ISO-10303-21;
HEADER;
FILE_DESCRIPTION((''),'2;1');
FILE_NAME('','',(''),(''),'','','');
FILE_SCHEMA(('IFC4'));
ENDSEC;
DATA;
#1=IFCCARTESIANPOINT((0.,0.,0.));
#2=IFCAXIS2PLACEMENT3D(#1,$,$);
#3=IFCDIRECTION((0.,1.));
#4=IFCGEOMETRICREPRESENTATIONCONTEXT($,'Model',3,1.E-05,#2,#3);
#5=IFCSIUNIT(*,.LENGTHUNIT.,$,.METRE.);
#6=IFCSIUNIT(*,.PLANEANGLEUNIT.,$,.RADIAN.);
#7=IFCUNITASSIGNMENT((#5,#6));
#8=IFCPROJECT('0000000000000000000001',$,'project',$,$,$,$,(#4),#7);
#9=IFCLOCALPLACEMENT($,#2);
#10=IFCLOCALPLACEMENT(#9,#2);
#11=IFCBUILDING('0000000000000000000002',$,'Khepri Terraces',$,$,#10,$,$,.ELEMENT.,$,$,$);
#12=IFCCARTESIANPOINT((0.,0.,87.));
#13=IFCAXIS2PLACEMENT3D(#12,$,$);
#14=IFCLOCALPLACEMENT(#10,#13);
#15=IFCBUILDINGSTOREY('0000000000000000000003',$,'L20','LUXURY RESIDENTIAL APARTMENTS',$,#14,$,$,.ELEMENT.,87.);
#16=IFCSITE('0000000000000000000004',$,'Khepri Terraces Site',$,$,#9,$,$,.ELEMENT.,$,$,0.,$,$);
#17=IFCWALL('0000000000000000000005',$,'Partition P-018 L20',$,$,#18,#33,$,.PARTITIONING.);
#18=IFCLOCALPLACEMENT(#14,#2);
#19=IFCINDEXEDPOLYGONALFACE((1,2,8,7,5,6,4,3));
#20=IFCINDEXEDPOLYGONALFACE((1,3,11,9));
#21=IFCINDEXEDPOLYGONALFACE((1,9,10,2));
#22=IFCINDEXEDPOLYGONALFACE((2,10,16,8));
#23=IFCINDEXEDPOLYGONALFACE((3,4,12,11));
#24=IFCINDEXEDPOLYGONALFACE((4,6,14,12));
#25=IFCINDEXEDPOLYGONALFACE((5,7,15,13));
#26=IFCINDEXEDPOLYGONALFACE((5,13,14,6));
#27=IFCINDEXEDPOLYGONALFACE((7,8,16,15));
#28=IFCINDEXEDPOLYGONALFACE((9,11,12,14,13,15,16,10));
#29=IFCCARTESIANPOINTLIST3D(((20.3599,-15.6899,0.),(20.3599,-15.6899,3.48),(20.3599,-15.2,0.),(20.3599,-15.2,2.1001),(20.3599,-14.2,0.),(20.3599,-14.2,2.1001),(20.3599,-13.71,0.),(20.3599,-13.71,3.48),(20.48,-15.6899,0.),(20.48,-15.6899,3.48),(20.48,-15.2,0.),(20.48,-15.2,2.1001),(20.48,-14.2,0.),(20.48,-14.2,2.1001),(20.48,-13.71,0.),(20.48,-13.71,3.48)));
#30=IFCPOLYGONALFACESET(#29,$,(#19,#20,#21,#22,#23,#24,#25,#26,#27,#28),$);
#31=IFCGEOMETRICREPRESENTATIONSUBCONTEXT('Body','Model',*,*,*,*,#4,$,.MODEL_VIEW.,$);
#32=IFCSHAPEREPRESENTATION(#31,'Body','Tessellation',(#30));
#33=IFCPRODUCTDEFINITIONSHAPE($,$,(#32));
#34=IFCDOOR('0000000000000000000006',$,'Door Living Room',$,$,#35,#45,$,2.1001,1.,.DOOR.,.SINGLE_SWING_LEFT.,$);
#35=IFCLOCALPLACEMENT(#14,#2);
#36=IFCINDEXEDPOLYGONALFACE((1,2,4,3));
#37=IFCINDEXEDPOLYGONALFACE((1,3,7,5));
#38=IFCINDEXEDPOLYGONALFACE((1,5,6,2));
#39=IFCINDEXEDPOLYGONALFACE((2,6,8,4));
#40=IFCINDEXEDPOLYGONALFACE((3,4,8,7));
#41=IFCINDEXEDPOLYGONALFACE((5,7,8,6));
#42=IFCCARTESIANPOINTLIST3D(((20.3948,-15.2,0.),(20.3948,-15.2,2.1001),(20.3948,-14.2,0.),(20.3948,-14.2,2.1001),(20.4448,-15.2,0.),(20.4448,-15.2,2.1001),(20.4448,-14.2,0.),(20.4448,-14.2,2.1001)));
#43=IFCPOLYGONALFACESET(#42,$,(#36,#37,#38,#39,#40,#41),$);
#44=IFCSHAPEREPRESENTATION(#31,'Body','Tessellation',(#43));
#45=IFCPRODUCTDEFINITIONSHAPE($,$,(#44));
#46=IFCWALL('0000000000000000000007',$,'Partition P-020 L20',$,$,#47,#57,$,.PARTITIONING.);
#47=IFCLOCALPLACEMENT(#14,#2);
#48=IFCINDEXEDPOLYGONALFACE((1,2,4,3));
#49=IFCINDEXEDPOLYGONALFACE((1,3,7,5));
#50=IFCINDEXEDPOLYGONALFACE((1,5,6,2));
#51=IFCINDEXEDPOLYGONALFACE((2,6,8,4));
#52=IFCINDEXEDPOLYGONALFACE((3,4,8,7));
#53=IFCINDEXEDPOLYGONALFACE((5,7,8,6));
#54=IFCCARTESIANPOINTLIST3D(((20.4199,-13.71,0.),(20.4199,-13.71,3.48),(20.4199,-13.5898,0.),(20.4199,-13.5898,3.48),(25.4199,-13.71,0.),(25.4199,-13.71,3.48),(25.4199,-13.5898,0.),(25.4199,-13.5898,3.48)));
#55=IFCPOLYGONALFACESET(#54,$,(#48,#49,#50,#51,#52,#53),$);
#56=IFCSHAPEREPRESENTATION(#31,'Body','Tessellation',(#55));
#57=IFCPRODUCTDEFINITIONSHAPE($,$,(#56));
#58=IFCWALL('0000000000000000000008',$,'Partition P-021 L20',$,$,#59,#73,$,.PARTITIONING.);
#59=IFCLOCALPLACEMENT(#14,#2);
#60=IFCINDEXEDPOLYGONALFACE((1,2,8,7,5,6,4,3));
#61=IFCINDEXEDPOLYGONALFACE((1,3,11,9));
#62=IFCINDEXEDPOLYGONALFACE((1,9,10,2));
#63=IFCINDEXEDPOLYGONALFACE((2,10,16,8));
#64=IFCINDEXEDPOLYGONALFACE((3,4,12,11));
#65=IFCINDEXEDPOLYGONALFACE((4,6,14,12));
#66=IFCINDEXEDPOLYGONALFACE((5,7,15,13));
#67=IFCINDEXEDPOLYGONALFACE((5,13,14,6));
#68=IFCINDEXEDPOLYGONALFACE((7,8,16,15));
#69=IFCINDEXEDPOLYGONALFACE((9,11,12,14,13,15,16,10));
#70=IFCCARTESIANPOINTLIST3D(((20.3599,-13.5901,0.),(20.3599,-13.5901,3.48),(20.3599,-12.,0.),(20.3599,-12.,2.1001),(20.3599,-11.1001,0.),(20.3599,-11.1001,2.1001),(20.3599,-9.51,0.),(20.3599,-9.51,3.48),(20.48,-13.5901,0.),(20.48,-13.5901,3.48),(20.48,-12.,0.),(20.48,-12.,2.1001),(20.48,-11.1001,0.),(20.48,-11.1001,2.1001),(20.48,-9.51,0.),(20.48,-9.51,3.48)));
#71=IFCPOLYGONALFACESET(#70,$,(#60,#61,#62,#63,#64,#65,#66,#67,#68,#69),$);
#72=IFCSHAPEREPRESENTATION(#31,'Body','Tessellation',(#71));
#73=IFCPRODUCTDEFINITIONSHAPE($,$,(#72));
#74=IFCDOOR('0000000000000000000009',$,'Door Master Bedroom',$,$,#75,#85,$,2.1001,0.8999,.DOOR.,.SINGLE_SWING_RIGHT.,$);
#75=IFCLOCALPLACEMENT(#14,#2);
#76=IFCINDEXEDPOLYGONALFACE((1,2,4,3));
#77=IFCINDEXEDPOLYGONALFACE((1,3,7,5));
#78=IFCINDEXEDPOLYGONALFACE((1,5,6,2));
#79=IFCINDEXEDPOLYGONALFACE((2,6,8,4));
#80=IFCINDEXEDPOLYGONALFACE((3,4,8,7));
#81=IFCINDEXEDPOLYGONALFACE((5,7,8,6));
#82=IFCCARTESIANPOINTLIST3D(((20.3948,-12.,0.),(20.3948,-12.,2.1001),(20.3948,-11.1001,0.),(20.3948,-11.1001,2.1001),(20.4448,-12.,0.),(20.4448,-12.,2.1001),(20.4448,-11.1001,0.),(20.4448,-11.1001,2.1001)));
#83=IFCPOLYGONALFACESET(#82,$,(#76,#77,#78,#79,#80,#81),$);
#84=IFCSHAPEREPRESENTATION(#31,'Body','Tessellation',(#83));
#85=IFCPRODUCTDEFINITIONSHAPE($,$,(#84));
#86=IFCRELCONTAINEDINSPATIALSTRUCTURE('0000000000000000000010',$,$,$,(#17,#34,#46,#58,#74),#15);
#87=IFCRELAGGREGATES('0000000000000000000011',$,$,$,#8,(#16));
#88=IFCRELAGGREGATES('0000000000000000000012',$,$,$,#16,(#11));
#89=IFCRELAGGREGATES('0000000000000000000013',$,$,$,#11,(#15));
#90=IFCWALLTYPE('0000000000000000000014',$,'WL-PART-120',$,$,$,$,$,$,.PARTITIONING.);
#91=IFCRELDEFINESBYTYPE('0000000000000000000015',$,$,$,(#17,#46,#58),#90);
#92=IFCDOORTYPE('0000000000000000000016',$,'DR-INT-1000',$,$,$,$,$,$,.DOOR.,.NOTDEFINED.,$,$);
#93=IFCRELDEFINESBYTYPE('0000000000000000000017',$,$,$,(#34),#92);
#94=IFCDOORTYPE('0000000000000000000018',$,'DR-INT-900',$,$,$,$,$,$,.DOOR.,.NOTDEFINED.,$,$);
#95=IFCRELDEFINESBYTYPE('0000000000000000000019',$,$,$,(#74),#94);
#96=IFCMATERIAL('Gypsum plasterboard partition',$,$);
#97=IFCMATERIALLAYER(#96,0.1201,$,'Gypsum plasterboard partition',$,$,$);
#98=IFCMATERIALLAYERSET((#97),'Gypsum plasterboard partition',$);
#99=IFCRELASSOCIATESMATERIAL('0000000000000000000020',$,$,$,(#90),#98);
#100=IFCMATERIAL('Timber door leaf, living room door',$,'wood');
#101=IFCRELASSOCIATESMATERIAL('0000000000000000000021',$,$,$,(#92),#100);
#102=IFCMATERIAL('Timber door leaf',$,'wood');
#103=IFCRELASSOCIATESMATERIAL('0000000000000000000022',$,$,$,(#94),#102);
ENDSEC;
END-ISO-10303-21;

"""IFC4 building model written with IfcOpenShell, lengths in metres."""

from ifc_helpers import new_model, si_unit, direction, frame, frame_2d, origin, place, context, subcontext, project, spatial, rectangle, extrude, material, layer, layer_set, type_object, element, fill, save


model = new_model("IFC4")

# Units and contexts
model_context = context("Model", 3, precision=1e-05, world=origin(), true_north=direction((0.0, 1.0)))
body_context = subcontext(model_context, "Body", "Model", "MODEL_VIEW")
ifc_project = project(units=[si_unit("LENGTHUNIT", "METRE"), si_unit("PLANEANGLEUNIT", "RADIAN")], contexts=[model_context])

# Site, building, storey
site_placement = place(None, origin())
site = spatial("IfcSite", under=ifc_project, at=site_placement, Name="Khepri Terraces Site", CompositionType="ELEMENT", RefElevation=0.0)
building_placement = place(site_placement, origin())
building = spatial("IfcBuilding", under=site, at=building_placement, Name="Khepri Terraces", CompositionType="ELEMENT")
storey_placement = place(building_placement, frame((0.0, 0.0, 87.0)))
storey = spatial("IfcBuildingStorey", under=building, at=storey_placement, Name="L20", Description="LUXURY RESIDENTIAL APARTMENTS", CompositionType="ELEMENT", Elevation=87.0)

# Shared definitions
ifc_material_1 = material(Name="Gypsum plasterboard partition")
ifc_layer_1 = layer(ifc_material_1, 0.1201, Name="Gypsum plasterboard partition")
ifc_layer_set_1 = layer_set([ifc_layer_1], Name="Gypsum plasterboard partition")
wall_type_1 = type_object("IfcWallType", Name="WL-PART-120", PredefinedType="PARTITIONING", material=ifc_layer_set_1)

# Wall, opening, door
ifc_material_2 = material(Name="Timber door leaf, living room door", Category="wood")
door_type_1 = type_object("IfcDoorType", Name="DR-INT-1000", OperationType="NOTDEFINED", PredefinedType="DOOR", material=ifc_material_2)
wall_1_placement = place(storey_placement, frame((20.4199, -15.6899, 0.0), z_axis=(0.0, 0.0, 1.0), x_axis=(0.0, 1.0, 0.0)))
wall_1 = element("IfcWall", 1, at=wall_1_placement, inside=storey, type_object=wall_type_1, Name="Partition P-018 L20", PredefinedType="PARTITIONING", context=body_context, shape_type="SweptSolid", body=[
    extrude(rectangle(XDim=1.98, YDim=0.1201, at=frame_2d((0.99, 0.0))), origin(), (0.0, 0.0, 1.0), 3.48),
])
opening_1_placement = place(wall_1_placement, frame((0.49, 0.0, 0.0)))
opening_1 = element("IfcOpeningElement", 2, at=opening_1_placement, cuts=wall_1, PredefinedType="OPENING", context=body_context, shape_type="SweptSolid", body=[
    extrude(rectangle(XDim=1.0, YDim=2.1001, at=frame_2d((0.5, 1.05))), frame((0.0, 0.0701, 0.0), z_axis=(0.0, -1.0, 0.0), x_axis=(1.0, 0.0, 0.0)), (0.0, 0.0, 1.0), 0.1401),
])
door_1_placement = place(opening_1_placement, frame((1.0, 0.0, 0.0), z_axis=(0.0, 0.0, 1.0), x_axis=(-1.0, 0.0, 0.0)))
door_1 = element("IfcDoor", 3, at=door_1_placement, inside=storey, type_object=door_type_1, Name="Door Living Room", OperationType="SINGLE_SWING_LEFT", OverallHeight=2.1001, OverallWidth=1.0, PredefinedType="DOOR", context=body_context, shape_type="SweptSolid", body=[
    extrude(rectangle(XDim=1.0, YDim=2.1001, at=frame_2d((0.5, 1.05))), frame((0.0, 0.0249, 0.0), z_axis=(0.0, -1.0, 0.0), x_axis=(1.0, 0.0, 0.0)), (0.0, 0.0, 1.0), 0.05),
])
fill(opening_1, door_1)

# Wall
wall_2_placement = place(storey_placement, frame((20.4199, -13.6499, 0.0), z_axis=(0.0, 0.0, 1.0), x_axis=(1.0, 0.0, 0.0)))
element("IfcWall", 4, at=wall_2_placement, inside=storey, type_object=wall_type_1, Name="Partition P-020 L20", PredefinedType="PARTITIONING", context=body_context, shape_type="SweptSolid", body=[
    extrude(rectangle(XDim=5.0, YDim=0.1201, at=frame_2d((2.5, 0.0))), origin(), (0.0, 0.0, 1.0), 3.48),
])

# Wall, opening, door
wall_3_placement = place(storey_placement, frame((20.4199, -13.5901, 0.0), z_axis=(0.0, 0.0, 1.0), x_axis=(0.0, 1.0, 0.0)))
wall_3 = element("IfcWall", 5, at=wall_3_placement, inside=storey, type_object=wall_type_1, Name="Partition P-021 L20", PredefinedType="PARTITIONING", context=body_context, shape_type="SweptSolid", body=[
    extrude(rectangle(XDim=4.0801, YDim=0.1201, at=frame_2d((2.04, 0.0))), origin(), (0.0, 0.0, 1.0), 3.48),
])
opening_2_placement = place(wall_3_placement, frame((1.5901, 0.0, 0.0)))
opening_2 = element("IfcOpeningElement", 6, at=opening_2_placement, cuts=wall_3, PredefinedType="OPENING", context=body_context, shape_type="SweptSolid", body=[
    extrude(rectangle(XDim=0.8999, YDim=2.1001, at=frame_2d((0.45, 1.05))), frame((0.0, 0.0701, 0.0), z_axis=(0.0, -1.0, 0.0), x_axis=(1.0, 0.0, 0.0)), (0.0, 0.0, 1.0), 0.1401),
])
ifc_material_3 = material(Name="Timber door leaf", Category="wood")
door_type_2 = type_object("IfcDoorType", Name="DR-INT-900", OperationType="NOTDEFINED", PredefinedType="DOOR", material=ifc_material_3)
door_2_placement = place(opening_2_placement, frame((0.8999, 0.0, 0.0), z_axis=(0.0, 0.0, 1.0), x_axis=(-1.0, 0.0, 0.0)))
door_2 = element("IfcDoor", 7, at=door_2_placement, inside=storey, type_object=door_type_2, Name="Door Master Bedroom", OperationType="SINGLE_SWING_RIGHT", OverallHeight=2.1001, OverallWidth=0.8999, PredefinedType="DOOR", context=body_context, shape_type="SweptSolid", body=[
    extrude(rectangle(XDim=0.8999, YDim=2.1001, at=frame_2d((0.45, 1.05))), frame((0.0, 0.0249, 0.0), z_axis=(0.0, -1.0, 0.0), x_axis=(1.0, 0.0, 0.0)), (0.0, 0.0, 1.0), 0.05),
])
fill(opening_2, door_2)

save(model, "model.ifc")
